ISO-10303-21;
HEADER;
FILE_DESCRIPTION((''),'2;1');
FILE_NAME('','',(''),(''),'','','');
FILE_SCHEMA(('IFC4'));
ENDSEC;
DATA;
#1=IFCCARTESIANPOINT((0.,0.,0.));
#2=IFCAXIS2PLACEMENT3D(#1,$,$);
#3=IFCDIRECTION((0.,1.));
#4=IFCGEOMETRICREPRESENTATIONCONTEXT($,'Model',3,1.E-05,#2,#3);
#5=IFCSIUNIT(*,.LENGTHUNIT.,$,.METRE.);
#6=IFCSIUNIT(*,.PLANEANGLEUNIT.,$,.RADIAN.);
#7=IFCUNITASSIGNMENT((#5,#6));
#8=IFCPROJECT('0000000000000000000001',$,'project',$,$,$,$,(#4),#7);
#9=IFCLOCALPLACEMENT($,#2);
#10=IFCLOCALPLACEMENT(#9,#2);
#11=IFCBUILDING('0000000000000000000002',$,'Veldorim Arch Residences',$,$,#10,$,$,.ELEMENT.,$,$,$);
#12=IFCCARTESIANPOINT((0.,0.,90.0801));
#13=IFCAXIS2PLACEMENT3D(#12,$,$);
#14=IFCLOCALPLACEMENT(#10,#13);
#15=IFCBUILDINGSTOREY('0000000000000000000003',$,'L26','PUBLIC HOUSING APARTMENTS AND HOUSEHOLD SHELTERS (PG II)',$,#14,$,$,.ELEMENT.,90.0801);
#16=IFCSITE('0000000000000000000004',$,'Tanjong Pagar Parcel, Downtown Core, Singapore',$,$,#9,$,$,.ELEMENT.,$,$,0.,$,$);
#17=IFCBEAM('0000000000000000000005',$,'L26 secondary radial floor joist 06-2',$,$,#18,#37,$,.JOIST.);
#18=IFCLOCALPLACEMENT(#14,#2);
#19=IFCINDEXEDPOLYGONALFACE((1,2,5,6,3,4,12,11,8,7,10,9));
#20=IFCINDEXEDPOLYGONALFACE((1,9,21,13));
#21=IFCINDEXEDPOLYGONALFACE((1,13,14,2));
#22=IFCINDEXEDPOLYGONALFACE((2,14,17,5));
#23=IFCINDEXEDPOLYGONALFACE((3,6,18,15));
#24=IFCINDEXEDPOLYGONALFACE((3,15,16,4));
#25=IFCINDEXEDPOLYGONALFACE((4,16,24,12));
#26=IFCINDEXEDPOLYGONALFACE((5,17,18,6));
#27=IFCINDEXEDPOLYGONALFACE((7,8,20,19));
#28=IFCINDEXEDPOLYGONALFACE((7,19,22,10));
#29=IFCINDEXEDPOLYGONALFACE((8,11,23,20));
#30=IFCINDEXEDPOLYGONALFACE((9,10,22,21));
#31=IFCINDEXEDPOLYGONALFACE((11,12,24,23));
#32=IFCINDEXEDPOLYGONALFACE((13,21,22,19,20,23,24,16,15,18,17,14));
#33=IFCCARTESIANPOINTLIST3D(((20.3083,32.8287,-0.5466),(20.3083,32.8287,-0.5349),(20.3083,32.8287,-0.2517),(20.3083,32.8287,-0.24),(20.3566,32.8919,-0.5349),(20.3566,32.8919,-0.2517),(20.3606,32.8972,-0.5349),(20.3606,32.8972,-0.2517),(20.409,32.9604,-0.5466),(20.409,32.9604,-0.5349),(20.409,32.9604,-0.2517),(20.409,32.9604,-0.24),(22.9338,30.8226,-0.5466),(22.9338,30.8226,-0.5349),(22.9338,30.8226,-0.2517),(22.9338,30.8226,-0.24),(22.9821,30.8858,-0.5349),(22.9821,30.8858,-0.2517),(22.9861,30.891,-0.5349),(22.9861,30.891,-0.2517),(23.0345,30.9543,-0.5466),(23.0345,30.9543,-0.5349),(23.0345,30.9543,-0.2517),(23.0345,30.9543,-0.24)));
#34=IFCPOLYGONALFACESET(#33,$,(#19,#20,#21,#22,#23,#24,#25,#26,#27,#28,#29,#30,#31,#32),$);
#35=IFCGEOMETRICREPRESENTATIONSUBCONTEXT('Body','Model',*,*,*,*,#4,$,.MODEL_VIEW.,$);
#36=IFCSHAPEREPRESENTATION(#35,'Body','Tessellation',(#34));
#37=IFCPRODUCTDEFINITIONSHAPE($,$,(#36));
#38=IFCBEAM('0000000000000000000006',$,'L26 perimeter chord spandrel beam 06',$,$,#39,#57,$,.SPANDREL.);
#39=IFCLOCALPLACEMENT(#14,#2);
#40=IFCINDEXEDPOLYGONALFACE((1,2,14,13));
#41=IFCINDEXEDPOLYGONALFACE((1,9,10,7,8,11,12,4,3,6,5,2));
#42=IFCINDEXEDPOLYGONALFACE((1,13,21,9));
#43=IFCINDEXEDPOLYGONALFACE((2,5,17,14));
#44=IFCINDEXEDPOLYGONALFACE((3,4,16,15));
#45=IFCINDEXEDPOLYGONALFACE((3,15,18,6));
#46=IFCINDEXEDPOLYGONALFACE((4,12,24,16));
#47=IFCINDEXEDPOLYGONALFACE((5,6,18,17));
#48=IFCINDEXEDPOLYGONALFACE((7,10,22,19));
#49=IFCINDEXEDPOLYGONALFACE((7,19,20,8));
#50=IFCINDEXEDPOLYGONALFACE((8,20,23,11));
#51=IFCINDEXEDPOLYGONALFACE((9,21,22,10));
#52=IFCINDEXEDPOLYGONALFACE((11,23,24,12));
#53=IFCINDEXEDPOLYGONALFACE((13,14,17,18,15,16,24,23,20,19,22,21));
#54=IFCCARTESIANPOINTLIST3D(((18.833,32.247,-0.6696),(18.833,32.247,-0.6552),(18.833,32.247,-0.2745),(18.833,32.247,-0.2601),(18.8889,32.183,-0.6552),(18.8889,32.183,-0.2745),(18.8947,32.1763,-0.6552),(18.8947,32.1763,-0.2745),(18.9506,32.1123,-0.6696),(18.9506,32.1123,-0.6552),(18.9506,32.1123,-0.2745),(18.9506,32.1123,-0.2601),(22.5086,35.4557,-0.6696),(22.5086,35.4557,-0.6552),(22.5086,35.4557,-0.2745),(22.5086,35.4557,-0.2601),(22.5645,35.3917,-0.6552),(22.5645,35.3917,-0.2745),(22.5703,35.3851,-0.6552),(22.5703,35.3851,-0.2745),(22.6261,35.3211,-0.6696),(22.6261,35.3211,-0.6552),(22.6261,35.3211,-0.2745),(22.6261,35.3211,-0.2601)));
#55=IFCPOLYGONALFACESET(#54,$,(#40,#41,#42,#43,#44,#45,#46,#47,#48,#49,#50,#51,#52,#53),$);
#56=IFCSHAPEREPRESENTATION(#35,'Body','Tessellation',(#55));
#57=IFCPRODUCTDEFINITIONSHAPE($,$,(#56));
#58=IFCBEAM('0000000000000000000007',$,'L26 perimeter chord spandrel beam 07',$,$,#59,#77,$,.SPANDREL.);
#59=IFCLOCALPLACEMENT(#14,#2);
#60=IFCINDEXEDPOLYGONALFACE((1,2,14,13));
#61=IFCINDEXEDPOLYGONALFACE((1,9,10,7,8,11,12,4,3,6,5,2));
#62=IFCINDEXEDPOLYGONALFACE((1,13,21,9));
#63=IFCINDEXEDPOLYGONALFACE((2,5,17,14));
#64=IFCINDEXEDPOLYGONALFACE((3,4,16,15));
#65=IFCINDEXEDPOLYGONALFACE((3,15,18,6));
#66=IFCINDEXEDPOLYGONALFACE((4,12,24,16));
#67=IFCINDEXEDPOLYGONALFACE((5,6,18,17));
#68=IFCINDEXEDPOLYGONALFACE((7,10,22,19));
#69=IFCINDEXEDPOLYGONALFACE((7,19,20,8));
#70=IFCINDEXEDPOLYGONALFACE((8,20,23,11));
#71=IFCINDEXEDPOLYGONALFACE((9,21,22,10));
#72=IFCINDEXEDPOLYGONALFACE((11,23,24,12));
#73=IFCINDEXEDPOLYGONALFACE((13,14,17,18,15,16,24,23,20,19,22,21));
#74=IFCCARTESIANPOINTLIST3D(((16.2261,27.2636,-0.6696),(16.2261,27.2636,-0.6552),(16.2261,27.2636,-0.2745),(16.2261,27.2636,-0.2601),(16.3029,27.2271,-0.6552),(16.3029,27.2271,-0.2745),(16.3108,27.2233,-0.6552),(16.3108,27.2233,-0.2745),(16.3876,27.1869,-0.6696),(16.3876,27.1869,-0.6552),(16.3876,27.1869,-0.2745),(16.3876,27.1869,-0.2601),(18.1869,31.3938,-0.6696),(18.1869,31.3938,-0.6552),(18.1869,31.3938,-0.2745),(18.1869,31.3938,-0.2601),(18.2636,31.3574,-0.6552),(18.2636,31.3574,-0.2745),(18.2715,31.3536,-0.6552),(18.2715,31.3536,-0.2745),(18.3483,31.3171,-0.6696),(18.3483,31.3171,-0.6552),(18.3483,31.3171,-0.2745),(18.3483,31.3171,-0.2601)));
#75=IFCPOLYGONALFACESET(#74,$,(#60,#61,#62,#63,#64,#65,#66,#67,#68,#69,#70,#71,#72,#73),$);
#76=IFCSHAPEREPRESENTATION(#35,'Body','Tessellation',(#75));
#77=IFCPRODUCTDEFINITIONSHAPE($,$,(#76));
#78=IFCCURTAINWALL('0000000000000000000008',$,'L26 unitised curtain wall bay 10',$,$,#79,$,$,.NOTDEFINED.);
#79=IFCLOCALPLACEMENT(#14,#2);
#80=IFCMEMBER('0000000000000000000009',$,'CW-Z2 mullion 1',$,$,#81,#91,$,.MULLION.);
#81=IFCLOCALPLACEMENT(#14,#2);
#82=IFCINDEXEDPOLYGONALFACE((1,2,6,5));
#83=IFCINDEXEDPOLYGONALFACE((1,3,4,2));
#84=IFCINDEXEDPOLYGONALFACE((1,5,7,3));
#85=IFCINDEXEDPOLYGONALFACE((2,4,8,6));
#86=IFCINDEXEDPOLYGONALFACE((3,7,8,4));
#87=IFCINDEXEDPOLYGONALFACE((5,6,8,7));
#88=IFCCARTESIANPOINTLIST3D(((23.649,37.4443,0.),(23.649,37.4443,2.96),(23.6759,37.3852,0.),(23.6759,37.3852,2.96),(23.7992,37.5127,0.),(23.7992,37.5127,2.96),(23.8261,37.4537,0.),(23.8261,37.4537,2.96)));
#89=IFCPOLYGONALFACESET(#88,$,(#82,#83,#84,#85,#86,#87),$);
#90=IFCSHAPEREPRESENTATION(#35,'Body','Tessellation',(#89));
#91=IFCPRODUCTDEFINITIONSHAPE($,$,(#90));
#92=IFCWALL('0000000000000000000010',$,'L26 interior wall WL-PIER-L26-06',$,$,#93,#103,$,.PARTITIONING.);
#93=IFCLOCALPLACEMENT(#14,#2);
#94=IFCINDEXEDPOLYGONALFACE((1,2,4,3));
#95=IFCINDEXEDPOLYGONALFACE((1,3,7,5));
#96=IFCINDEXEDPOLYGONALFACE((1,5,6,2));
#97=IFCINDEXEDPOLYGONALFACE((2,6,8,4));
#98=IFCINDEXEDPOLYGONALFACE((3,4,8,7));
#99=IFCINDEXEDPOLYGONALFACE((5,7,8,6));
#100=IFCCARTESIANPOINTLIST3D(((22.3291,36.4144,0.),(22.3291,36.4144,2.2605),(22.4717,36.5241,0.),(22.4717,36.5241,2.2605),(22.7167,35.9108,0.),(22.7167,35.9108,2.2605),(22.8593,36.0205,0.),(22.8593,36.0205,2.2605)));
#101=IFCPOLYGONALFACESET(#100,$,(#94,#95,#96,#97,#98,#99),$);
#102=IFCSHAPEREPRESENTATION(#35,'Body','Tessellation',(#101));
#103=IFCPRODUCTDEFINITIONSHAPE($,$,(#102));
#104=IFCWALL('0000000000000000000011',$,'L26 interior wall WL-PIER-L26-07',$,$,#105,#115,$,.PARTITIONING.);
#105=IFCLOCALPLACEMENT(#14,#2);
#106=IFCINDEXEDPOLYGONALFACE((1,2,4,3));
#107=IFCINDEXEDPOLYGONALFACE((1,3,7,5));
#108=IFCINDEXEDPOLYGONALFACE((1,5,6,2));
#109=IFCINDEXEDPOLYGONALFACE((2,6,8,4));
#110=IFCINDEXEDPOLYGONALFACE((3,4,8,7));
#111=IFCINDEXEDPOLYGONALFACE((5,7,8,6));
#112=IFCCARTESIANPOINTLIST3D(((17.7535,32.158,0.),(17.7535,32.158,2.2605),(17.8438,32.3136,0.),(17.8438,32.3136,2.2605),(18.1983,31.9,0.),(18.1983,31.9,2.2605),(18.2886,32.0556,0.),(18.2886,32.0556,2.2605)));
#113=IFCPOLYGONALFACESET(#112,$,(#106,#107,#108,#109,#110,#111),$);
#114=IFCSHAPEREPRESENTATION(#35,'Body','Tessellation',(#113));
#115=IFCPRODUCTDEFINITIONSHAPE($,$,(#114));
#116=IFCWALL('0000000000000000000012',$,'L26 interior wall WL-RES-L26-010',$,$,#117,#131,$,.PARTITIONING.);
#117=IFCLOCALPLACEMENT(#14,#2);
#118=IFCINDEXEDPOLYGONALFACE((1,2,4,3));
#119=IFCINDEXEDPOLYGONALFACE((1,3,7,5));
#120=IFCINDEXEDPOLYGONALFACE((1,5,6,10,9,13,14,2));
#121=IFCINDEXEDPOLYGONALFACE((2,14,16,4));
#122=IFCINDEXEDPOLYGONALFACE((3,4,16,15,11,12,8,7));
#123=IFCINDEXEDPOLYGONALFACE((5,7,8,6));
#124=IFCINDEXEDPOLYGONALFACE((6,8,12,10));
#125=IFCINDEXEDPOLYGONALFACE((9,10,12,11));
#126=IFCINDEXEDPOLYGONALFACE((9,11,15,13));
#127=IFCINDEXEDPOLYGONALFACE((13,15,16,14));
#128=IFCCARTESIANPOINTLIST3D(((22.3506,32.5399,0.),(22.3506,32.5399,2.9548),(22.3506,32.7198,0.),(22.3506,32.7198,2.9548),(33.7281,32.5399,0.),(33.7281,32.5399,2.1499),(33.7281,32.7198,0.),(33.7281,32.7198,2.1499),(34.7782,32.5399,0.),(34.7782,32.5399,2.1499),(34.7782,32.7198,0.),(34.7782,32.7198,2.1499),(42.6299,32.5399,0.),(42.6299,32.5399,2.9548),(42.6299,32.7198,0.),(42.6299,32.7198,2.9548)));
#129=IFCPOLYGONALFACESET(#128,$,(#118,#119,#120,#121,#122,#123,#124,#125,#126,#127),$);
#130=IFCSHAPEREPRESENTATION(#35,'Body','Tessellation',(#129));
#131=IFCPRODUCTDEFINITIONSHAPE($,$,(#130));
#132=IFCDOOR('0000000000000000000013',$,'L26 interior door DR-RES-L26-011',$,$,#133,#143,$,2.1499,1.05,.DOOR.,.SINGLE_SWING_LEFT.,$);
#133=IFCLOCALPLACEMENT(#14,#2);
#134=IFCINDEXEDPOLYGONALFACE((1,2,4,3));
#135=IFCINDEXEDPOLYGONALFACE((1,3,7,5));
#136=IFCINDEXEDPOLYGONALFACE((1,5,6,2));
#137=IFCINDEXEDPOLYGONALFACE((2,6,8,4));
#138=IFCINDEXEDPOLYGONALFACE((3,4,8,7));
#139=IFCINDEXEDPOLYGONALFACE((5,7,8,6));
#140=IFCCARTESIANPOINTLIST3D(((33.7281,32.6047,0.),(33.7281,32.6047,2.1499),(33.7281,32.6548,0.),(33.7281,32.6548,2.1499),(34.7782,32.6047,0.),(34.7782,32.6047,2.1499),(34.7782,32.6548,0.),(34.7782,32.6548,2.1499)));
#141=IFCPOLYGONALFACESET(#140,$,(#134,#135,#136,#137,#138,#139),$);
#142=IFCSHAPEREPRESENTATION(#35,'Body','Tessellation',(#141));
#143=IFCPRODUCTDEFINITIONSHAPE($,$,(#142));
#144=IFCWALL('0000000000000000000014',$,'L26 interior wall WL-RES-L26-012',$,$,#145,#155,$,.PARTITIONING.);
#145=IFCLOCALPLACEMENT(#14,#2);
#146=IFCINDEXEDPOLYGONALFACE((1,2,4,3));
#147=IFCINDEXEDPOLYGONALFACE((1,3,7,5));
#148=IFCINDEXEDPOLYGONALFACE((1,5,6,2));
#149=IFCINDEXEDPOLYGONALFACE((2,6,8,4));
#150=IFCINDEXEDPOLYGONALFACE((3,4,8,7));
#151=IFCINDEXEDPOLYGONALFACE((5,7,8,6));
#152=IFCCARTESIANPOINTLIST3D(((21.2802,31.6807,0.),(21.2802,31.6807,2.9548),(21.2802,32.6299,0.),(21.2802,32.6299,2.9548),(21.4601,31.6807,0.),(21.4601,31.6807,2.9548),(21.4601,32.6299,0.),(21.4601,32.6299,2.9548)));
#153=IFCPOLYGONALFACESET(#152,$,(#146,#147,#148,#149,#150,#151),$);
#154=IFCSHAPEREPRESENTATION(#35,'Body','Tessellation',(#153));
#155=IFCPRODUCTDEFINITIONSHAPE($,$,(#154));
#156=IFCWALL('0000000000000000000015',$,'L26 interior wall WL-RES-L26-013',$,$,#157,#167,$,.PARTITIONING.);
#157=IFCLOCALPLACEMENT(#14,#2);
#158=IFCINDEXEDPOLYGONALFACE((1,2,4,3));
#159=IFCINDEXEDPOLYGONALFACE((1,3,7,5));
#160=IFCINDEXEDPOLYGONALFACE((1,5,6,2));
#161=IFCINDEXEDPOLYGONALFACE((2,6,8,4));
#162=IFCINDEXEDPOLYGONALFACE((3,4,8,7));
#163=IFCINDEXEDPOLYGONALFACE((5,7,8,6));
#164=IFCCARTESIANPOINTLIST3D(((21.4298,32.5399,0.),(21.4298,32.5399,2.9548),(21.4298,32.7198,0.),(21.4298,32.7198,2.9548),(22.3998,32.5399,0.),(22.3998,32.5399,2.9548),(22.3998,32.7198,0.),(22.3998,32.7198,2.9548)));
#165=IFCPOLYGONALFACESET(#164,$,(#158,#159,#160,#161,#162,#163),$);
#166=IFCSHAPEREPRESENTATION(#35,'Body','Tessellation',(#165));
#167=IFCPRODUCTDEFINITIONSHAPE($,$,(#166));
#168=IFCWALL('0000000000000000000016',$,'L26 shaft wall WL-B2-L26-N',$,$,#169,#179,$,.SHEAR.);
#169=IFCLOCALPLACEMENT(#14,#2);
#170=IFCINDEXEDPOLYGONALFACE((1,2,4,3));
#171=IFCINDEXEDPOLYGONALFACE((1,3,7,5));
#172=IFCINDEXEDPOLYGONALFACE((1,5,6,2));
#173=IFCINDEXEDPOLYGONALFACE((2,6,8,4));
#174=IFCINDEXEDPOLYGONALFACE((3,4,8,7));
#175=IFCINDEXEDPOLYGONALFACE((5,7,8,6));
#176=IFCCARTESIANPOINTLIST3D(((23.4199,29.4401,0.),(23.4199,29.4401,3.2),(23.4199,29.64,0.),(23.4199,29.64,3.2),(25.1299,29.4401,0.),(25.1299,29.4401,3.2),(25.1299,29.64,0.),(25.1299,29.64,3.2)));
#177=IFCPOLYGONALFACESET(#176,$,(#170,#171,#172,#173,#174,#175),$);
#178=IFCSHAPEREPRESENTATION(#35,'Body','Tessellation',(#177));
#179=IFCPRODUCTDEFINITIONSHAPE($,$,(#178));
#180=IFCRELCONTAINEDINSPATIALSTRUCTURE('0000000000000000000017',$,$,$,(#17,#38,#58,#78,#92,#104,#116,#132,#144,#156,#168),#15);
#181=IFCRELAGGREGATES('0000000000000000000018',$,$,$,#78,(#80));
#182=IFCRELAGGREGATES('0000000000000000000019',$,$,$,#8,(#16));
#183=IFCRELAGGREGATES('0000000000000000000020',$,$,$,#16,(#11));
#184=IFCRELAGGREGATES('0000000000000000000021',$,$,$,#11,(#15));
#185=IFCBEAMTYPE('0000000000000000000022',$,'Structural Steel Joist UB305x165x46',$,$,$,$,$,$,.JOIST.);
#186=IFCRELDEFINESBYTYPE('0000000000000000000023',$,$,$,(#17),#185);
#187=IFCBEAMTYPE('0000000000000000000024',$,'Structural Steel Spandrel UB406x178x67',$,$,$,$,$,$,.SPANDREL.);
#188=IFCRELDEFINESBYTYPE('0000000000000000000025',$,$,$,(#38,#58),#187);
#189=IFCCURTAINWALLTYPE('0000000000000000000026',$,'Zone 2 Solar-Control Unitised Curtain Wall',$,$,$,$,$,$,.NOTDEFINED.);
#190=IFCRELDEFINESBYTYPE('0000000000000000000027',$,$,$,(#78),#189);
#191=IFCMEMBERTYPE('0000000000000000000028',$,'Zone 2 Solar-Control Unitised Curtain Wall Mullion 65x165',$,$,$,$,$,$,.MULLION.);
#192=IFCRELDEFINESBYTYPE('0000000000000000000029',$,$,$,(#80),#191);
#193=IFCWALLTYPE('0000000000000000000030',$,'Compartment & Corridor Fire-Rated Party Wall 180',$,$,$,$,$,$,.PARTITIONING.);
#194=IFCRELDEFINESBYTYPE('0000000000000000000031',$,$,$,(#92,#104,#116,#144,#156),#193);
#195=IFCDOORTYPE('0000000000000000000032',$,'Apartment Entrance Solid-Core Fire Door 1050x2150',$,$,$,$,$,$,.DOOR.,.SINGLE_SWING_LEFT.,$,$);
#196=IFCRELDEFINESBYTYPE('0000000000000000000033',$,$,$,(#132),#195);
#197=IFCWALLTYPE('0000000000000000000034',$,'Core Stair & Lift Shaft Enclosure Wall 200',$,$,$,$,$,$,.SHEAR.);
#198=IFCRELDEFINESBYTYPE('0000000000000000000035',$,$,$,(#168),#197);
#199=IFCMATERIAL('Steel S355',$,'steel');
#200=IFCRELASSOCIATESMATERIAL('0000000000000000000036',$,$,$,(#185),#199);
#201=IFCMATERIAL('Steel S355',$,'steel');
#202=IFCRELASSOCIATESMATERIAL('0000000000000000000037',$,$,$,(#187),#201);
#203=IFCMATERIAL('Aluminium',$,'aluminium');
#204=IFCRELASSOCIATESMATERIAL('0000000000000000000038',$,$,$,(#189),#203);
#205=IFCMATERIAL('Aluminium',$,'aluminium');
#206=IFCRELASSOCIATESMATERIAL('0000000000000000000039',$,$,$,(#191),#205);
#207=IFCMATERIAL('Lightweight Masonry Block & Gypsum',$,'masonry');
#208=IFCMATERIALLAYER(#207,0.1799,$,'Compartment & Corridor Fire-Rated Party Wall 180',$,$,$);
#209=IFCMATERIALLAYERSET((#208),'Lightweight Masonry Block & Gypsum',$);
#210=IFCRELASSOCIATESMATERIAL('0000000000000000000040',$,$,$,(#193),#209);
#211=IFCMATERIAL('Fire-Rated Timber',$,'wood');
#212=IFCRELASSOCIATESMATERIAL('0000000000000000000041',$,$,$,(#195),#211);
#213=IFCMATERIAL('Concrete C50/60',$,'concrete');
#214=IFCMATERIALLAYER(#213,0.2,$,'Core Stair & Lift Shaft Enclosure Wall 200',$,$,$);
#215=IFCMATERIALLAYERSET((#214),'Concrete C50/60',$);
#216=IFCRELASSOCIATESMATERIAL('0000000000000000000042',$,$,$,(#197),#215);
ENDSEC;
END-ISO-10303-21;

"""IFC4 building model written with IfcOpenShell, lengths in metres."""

from ifc_helpers import new_model, si_unit, direction, frame, frame_2d, origin, origin_2d, place, context, subcontext, project, spatial, rectangle, i_section, extrude, material, layer, layer_set, material_profile, profile_set, type_object, element, fill, aggregate, save


model = new_model("IFC4")

# Units and contexts
model_context = context("Model", 3, precision=1e-05, world=origin(), true_north=direction((0.0, 1.0)))
body_context = subcontext(model_context, "Body", "Model", "MODEL_VIEW")
ifc_project = project(units=[si_unit("LENGTHUNIT", "METRE"), si_unit("PLANEANGLEUNIT", "RADIAN")], contexts=[model_context])

# Site, building, storey
site_placement = place(None, origin())
site = spatial("IfcSite", under=ifc_project, at=site_placement, Name="Tanjong Pagar Parcel, Downtown Core, Singapore", CompositionType="ELEMENT", RefElevation=0.0)
building_placement = place(site_placement, origin())
building = spatial("IfcBuilding", under=site, at=building_placement, Name="Veldorim Arch Residences", CompositionType="ELEMENT")
storey_placement = place(building_placement, frame((0.0, 0.0, 90.0801)))
storey = spatial("IfcBuildingStorey", under=building, at=storey_placement, Name="L26", Description="PUBLIC HOUSING APARTMENTS AND HOUSEHOLD SHELTERS (PG II)", CompositionType="ELEMENT", Elevation=90.0801)

# Beams
ifc_material_1 = material(Name="Steel S355", Category="steel")
ifc_material_profile_1 = material_profile(ifc_material_1, i_section(OverallWidth=0.1658, OverallDepth=0.3066, WebThickness=0.0066, FlangeThickness=0.0117, at=origin_2d()), Name="UB305x165x46")
ifc_profile_set_1 = profile_set([ifc_material_profile_1], Name="Steel S355")
beam_type_1 = type_object("IfcBeamType", Name="Structural Steel Joist UB305x165x46", PredefinedType="JOIST", material=ifc_profile_set_1)
beam_1_placement = place(storey_placement, frame((22.9841, 30.8884, -0.3933), z_axis=(-0.794595, 0.60714, 0.0), x_axis=(-0.60714, -0.794595, 0.0)))
element("IfcBeam", 1, at=beam_1_placement, inside=storey, type_object=beam_type_1, Name="L26 secondary radial floor joist 06-2", PredefinedType="JOIST", context=body_context, shape_type="SweptSolid", body=[
    extrude(i_section(OverallWidth=0.1658, OverallDepth=0.3066, WebThickness=0.0066, FlangeThickness=0.0117, at=origin_2d()), origin(), (0.0, 0.0, 1.0), 3.3042),
])
ifc_material_2 = material(Name="Steel S355", Category="steel")
ifc_material_profile_2 = material_profile(ifc_material_2, i_section(OverallWidth=0.1787, OverallDepth=0.4094, WebThickness=0.0088, FlangeThickness=0.0144, at=origin_2d()), Name="UB406x178x67")
ifc_profile_set_2 = profile_set([ifc_material_profile_2], Name="Steel S355")
beam_type_2 = type_object("IfcBeamType", Name="Structural Steel Spandrel UB406x178x67", PredefinedType="SPANDREL", material=ifc_profile_set_2)
beam_2_placement = place(storey_placement, frame((22.5674, 35.3884, -0.4648), z_axis=(-0.753323, -0.65765, 0.0), x_axis=(0.65765, -0.753323, 0.0)))
element("IfcBeam", 2, at=beam_2_placement, inside=storey, type_object=beam_type_2, Name="L26 perimeter chord spandrel beam 06", PredefinedType="SPANDREL", context=body_context, shape_type="SweptSolid", body=[
    extrude(i_section(OverallWidth=0.1787, OverallDepth=0.4094, WebThickness=0.0088, FlangeThickness=0.0144, at=origin_2d()), origin(), (0.0, 0.0, 1.0), 4.8792),
])
beam_3_placement = place(storey_placement, frame((18.2676, 31.3555, -0.4648), z_axis=(-0.428857, -0.903372, 0.0), x_axis=(0.903372, -0.428857, 0.0)))
element("IfcBeam", 3, at=beam_3_placement, inside=storey, type_object=beam_type_2, Name="L26 perimeter chord spandrel beam 07", PredefinedType="SPANDREL", context=body_context, shape_type="SweptSolid", body=[
    extrude(i_section(OverallWidth=0.1787, OverallDepth=0.4094, WebThickness=0.0088, FlangeThickness=0.0144, at=origin_2d()), origin(), (0.0, 0.0, 1.0), 4.572),
])

# Curtain wall, member
ifc_material_3 = material(Name="Aluminium", Category="aluminium")
curtain_wall_type = type_object("IfcCurtainWallType", Name="Zone 2 Solar-Control Unitised Curtain Wall", PredefinedType="NOTDEFINED", material=ifc_material_3)
curtain_wall_placement = place(storey_placement, origin())
curtain_wall = element("IfcCurtainWall", 4, at=curtain_wall_placement, inside=storey, type_object=curtain_wall_type, Name="L26 unitised curtain wall bay 10", PredefinedType="NOTDEFINED")
ifc_material_4 = material(Name="Aluminium", Category="aluminium")
ifc_material_profile_3 = material_profile(ifc_material_4, rectangle(XDim=0.0649, YDim=0.165, at=origin_2d()), Name="ALU_MUL_65x165")
ifc_profile_set_3 = profile_set([ifc_material_profile_3], Name="Aluminium")
member_type = type_object("IfcMemberType", Name="Zone 2 Solar-Control Unitised Curtain Wall Mullion 65x165", PredefinedType="MULLION", material=ifc_profile_set_3)
member_placement = place(storey_placement, frame((23.7375, 37.449, 0.0), z_axis=(0.0, 0.0, 1.0), x_axis=(-0.414742, 0.909939, 0.0)))
member = element("IfcMember", 5, at=member_placement, type_object=member_type, Name="CW-Z2 mullion 1", PredefinedType="MULLION", context=body_context, shape_type="SweptSolid", body=[
    extrude(rectangle(XDim=0.0649, YDim=0.165, at=origin_2d()), origin(), (0.0, 0.0, 1.0), 2.96),
])
aggregate(curtain_wall, [member])

# Walls
ifc_material_5 = material(Name="Lightweight Masonry Block & Gypsum", Category="masonry")
ifc_layer_1 = layer(ifc_material_5, 0.1799, Name="Compartment & Corridor Fire-Rated Party Wall 180")
ifc_layer_set_1 = layer_set([ifc_layer_1], Name="Lightweight Masonry Block & Gypsum")
wall_type_1 = type_object("IfcWallType", Name="Compartment & Corridor Fire-Rated Party Wall 180", PredefinedType="PARTITIONING", material=ifc_layer_set_1)
wall_1_placement = place(storey_placement, frame((22.7881, 35.9656, 0.0), z_axis=(0.0, 0.0, 1.0), x_axis=(-0.609971, 0.792424, 0.0)))
element("IfcWall", 6, at=wall_1_placement, inside=storey, type_object=wall_type_1, Name="L26 interior wall WL-PIER-L26-06", PredefinedType="PARTITIONING", context=body_context, shape_type="SweptSolid", body=[
    extrude(rectangle(XDim=0.6355, YDim=0.1799, at=frame_2d((0.3179, 0.0))), origin(), (0.0, 0.0, 1.0), 2.2605),
])
wall_2_placement = place(storey_placement, frame((18.2434, 31.9778, 0.0), z_axis=(0.0, 0.0, 1.0), x_axis=(-0.864982, 0.501803, 0.0)))
element("IfcWall", 7, at=wall_2_placement, inside=storey, type_object=wall_type_1, Name="L26 interior wall WL-PIER-L26-07", PredefinedType="PARTITIONING", context=body_context, shape_type="SweptSolid", body=[
    extrude(rectangle(XDim=0.5142, YDim=0.1799, at=frame_2d((0.2571, 0.0))), origin(), (0.0, 0.0, 1.0), 2.2605),
])

# Wall, opening, door
wall_3_placement = place(storey_placement, frame((22.3506, 32.6299, 0.0), z_axis=(0.0, 0.0, 1.0), x_axis=(1.0, 0.0, 0.0)))
wall_3 = element("IfcWall", 8, at=wall_3_placement, inside=storey, type_object=wall_type_1, Name="L26 interior wall WL-RES-L26-010", PredefinedType="PARTITIONING", context=body_context, shape_type="SweptSolid", body=[
    extrude(rectangle(XDim=20.2793, YDim=0.1799, at=frame_2d((10.1396, 0.0))), origin(), (0.0, 0.0, 1.0), 2.9548),
])
opening_1_placement = place(wall_3_placement, frame((11.3777, 0.0, 0.0)))
opening_1 = element("IfcOpeningElement", 9, at=opening_1_placement, cuts=wall_3, PredefinedType="OPENING", context=body_context, shape_type="SweptSolid", body=[
    extrude(rectangle(XDim=1.05, YDim=2.1499, at=frame_2d((0.5249, 1.075))), frame((0.0, 0.0999, 0.0), z_axis=(0.0, -1.0, 0.0), x_axis=(1.0, 0.0, 0.0)), (0.0, 0.0, 1.0), 0.2),
])
ifc_material_6 = material(Name="Fire-Rated Timber", Category="wood")
door_type_1 = type_object("IfcDoorType", Name="Apartment Entrance Solid-Core Fire Door 1050x2150", OperationType="SINGLE_SWING_LEFT", PredefinedType="DOOR", material=ifc_material_6)
door_1_placement = place(opening_1_placement, origin())
door_1 = element("IfcDoor", 10, at=door_1_placement, inside=storey, type_object=door_type_1, Name="L26 interior door DR-RES-L26-011", OperationType="SINGLE_SWING_LEFT", OverallHeight=2.1499, OverallWidth=1.05, PredefinedType="DOOR", context=body_context, shape_type="SweptSolid", body=[
    extrude(rectangle(XDim=1.05, YDim=2.1499, at=frame_2d((0.5249, 1.075))), frame((0.0, 0.0249, 0.0), z_axis=(0.0, -1.0, 0.0), x_axis=(1.0, 0.0, 0.0)), (0.0, 0.0, 1.0), 0.05),
])
fill(opening_1, door_1)

# Walls
wall_4_placement = place(storey_placement, frame((21.3701, 31.6807, 0.0), z_axis=(0.0, 0.0, 1.0), x_axis=(0.0, 1.0, 0.0)))
element("IfcWall", 11, at=wall_4_placement, inside=storey, type_object=wall_type_1, Name="L26 interior wall WL-RES-L26-012", PredefinedType="PARTITIONING", context=body_context, shape_type="SweptSolid", body=[
    extrude(rectangle(XDim=0.9492, YDim=0.1799, at=frame_2d((0.4746, 0.0))), origin(), (0.0, 0.0, 1.0), 2.9548),
])
wall_5_placement = place(storey_placement, frame((21.4299, 32.6299, 0.0), z_axis=(0.0, 0.0, 1.0), x_axis=(1.0, 0.0, 0.0)))
element("IfcWall", 12, at=wall_5_placement, inside=storey, type_object=wall_type_1, Name="L26 interior wall WL-RES-L26-013", PredefinedType="PARTITIONING", context=body_context, shape_type="SweptSolid", body=[
    extrude(rectangle(XDim=0.97, YDim=0.1799, at=frame_2d((0.4849, 0.0))), origin(), (0.0, 0.0, 1.0), 2.9548),
])
ifc_material_7 = material(Name="Concrete C50/60", Category="concrete")
ifc_layer_2 = layer(ifc_material_7, 0.2, Name="Core Stair & Lift Shaft Enclosure Wall 200")
ifc_layer_set_2 = layer_set([ifc_layer_2], Name="Concrete C50/60")
wall_type_2 = type_object("IfcWallType", Name="Core Stair & Lift Shaft Enclosure Wall 200", PredefinedType="SHEAR", material=ifc_layer_set_2)
wall_6_placement = place(storey_placement, frame((23.4199, 29.54, 0.0), z_axis=(0.0, 0.0, 1.0), x_axis=(1.0, 0.0, 0.0)))
element("IfcWall", 13, at=wall_6_placement, inside=storey, type_object=wall_type_2, Name="L26 shaft wall WL-B2-L26-N", PredefinedType="SHEAR", context=body_context, shape_type="SweptSolid", body=[
    extrude(rectangle(XDim=1.71, YDim=0.2, at=frame_2d((0.855, 0.0))), origin(), (0.0, 0.0, 1.0), 3.2),
])

save(model, "model.ifc")
